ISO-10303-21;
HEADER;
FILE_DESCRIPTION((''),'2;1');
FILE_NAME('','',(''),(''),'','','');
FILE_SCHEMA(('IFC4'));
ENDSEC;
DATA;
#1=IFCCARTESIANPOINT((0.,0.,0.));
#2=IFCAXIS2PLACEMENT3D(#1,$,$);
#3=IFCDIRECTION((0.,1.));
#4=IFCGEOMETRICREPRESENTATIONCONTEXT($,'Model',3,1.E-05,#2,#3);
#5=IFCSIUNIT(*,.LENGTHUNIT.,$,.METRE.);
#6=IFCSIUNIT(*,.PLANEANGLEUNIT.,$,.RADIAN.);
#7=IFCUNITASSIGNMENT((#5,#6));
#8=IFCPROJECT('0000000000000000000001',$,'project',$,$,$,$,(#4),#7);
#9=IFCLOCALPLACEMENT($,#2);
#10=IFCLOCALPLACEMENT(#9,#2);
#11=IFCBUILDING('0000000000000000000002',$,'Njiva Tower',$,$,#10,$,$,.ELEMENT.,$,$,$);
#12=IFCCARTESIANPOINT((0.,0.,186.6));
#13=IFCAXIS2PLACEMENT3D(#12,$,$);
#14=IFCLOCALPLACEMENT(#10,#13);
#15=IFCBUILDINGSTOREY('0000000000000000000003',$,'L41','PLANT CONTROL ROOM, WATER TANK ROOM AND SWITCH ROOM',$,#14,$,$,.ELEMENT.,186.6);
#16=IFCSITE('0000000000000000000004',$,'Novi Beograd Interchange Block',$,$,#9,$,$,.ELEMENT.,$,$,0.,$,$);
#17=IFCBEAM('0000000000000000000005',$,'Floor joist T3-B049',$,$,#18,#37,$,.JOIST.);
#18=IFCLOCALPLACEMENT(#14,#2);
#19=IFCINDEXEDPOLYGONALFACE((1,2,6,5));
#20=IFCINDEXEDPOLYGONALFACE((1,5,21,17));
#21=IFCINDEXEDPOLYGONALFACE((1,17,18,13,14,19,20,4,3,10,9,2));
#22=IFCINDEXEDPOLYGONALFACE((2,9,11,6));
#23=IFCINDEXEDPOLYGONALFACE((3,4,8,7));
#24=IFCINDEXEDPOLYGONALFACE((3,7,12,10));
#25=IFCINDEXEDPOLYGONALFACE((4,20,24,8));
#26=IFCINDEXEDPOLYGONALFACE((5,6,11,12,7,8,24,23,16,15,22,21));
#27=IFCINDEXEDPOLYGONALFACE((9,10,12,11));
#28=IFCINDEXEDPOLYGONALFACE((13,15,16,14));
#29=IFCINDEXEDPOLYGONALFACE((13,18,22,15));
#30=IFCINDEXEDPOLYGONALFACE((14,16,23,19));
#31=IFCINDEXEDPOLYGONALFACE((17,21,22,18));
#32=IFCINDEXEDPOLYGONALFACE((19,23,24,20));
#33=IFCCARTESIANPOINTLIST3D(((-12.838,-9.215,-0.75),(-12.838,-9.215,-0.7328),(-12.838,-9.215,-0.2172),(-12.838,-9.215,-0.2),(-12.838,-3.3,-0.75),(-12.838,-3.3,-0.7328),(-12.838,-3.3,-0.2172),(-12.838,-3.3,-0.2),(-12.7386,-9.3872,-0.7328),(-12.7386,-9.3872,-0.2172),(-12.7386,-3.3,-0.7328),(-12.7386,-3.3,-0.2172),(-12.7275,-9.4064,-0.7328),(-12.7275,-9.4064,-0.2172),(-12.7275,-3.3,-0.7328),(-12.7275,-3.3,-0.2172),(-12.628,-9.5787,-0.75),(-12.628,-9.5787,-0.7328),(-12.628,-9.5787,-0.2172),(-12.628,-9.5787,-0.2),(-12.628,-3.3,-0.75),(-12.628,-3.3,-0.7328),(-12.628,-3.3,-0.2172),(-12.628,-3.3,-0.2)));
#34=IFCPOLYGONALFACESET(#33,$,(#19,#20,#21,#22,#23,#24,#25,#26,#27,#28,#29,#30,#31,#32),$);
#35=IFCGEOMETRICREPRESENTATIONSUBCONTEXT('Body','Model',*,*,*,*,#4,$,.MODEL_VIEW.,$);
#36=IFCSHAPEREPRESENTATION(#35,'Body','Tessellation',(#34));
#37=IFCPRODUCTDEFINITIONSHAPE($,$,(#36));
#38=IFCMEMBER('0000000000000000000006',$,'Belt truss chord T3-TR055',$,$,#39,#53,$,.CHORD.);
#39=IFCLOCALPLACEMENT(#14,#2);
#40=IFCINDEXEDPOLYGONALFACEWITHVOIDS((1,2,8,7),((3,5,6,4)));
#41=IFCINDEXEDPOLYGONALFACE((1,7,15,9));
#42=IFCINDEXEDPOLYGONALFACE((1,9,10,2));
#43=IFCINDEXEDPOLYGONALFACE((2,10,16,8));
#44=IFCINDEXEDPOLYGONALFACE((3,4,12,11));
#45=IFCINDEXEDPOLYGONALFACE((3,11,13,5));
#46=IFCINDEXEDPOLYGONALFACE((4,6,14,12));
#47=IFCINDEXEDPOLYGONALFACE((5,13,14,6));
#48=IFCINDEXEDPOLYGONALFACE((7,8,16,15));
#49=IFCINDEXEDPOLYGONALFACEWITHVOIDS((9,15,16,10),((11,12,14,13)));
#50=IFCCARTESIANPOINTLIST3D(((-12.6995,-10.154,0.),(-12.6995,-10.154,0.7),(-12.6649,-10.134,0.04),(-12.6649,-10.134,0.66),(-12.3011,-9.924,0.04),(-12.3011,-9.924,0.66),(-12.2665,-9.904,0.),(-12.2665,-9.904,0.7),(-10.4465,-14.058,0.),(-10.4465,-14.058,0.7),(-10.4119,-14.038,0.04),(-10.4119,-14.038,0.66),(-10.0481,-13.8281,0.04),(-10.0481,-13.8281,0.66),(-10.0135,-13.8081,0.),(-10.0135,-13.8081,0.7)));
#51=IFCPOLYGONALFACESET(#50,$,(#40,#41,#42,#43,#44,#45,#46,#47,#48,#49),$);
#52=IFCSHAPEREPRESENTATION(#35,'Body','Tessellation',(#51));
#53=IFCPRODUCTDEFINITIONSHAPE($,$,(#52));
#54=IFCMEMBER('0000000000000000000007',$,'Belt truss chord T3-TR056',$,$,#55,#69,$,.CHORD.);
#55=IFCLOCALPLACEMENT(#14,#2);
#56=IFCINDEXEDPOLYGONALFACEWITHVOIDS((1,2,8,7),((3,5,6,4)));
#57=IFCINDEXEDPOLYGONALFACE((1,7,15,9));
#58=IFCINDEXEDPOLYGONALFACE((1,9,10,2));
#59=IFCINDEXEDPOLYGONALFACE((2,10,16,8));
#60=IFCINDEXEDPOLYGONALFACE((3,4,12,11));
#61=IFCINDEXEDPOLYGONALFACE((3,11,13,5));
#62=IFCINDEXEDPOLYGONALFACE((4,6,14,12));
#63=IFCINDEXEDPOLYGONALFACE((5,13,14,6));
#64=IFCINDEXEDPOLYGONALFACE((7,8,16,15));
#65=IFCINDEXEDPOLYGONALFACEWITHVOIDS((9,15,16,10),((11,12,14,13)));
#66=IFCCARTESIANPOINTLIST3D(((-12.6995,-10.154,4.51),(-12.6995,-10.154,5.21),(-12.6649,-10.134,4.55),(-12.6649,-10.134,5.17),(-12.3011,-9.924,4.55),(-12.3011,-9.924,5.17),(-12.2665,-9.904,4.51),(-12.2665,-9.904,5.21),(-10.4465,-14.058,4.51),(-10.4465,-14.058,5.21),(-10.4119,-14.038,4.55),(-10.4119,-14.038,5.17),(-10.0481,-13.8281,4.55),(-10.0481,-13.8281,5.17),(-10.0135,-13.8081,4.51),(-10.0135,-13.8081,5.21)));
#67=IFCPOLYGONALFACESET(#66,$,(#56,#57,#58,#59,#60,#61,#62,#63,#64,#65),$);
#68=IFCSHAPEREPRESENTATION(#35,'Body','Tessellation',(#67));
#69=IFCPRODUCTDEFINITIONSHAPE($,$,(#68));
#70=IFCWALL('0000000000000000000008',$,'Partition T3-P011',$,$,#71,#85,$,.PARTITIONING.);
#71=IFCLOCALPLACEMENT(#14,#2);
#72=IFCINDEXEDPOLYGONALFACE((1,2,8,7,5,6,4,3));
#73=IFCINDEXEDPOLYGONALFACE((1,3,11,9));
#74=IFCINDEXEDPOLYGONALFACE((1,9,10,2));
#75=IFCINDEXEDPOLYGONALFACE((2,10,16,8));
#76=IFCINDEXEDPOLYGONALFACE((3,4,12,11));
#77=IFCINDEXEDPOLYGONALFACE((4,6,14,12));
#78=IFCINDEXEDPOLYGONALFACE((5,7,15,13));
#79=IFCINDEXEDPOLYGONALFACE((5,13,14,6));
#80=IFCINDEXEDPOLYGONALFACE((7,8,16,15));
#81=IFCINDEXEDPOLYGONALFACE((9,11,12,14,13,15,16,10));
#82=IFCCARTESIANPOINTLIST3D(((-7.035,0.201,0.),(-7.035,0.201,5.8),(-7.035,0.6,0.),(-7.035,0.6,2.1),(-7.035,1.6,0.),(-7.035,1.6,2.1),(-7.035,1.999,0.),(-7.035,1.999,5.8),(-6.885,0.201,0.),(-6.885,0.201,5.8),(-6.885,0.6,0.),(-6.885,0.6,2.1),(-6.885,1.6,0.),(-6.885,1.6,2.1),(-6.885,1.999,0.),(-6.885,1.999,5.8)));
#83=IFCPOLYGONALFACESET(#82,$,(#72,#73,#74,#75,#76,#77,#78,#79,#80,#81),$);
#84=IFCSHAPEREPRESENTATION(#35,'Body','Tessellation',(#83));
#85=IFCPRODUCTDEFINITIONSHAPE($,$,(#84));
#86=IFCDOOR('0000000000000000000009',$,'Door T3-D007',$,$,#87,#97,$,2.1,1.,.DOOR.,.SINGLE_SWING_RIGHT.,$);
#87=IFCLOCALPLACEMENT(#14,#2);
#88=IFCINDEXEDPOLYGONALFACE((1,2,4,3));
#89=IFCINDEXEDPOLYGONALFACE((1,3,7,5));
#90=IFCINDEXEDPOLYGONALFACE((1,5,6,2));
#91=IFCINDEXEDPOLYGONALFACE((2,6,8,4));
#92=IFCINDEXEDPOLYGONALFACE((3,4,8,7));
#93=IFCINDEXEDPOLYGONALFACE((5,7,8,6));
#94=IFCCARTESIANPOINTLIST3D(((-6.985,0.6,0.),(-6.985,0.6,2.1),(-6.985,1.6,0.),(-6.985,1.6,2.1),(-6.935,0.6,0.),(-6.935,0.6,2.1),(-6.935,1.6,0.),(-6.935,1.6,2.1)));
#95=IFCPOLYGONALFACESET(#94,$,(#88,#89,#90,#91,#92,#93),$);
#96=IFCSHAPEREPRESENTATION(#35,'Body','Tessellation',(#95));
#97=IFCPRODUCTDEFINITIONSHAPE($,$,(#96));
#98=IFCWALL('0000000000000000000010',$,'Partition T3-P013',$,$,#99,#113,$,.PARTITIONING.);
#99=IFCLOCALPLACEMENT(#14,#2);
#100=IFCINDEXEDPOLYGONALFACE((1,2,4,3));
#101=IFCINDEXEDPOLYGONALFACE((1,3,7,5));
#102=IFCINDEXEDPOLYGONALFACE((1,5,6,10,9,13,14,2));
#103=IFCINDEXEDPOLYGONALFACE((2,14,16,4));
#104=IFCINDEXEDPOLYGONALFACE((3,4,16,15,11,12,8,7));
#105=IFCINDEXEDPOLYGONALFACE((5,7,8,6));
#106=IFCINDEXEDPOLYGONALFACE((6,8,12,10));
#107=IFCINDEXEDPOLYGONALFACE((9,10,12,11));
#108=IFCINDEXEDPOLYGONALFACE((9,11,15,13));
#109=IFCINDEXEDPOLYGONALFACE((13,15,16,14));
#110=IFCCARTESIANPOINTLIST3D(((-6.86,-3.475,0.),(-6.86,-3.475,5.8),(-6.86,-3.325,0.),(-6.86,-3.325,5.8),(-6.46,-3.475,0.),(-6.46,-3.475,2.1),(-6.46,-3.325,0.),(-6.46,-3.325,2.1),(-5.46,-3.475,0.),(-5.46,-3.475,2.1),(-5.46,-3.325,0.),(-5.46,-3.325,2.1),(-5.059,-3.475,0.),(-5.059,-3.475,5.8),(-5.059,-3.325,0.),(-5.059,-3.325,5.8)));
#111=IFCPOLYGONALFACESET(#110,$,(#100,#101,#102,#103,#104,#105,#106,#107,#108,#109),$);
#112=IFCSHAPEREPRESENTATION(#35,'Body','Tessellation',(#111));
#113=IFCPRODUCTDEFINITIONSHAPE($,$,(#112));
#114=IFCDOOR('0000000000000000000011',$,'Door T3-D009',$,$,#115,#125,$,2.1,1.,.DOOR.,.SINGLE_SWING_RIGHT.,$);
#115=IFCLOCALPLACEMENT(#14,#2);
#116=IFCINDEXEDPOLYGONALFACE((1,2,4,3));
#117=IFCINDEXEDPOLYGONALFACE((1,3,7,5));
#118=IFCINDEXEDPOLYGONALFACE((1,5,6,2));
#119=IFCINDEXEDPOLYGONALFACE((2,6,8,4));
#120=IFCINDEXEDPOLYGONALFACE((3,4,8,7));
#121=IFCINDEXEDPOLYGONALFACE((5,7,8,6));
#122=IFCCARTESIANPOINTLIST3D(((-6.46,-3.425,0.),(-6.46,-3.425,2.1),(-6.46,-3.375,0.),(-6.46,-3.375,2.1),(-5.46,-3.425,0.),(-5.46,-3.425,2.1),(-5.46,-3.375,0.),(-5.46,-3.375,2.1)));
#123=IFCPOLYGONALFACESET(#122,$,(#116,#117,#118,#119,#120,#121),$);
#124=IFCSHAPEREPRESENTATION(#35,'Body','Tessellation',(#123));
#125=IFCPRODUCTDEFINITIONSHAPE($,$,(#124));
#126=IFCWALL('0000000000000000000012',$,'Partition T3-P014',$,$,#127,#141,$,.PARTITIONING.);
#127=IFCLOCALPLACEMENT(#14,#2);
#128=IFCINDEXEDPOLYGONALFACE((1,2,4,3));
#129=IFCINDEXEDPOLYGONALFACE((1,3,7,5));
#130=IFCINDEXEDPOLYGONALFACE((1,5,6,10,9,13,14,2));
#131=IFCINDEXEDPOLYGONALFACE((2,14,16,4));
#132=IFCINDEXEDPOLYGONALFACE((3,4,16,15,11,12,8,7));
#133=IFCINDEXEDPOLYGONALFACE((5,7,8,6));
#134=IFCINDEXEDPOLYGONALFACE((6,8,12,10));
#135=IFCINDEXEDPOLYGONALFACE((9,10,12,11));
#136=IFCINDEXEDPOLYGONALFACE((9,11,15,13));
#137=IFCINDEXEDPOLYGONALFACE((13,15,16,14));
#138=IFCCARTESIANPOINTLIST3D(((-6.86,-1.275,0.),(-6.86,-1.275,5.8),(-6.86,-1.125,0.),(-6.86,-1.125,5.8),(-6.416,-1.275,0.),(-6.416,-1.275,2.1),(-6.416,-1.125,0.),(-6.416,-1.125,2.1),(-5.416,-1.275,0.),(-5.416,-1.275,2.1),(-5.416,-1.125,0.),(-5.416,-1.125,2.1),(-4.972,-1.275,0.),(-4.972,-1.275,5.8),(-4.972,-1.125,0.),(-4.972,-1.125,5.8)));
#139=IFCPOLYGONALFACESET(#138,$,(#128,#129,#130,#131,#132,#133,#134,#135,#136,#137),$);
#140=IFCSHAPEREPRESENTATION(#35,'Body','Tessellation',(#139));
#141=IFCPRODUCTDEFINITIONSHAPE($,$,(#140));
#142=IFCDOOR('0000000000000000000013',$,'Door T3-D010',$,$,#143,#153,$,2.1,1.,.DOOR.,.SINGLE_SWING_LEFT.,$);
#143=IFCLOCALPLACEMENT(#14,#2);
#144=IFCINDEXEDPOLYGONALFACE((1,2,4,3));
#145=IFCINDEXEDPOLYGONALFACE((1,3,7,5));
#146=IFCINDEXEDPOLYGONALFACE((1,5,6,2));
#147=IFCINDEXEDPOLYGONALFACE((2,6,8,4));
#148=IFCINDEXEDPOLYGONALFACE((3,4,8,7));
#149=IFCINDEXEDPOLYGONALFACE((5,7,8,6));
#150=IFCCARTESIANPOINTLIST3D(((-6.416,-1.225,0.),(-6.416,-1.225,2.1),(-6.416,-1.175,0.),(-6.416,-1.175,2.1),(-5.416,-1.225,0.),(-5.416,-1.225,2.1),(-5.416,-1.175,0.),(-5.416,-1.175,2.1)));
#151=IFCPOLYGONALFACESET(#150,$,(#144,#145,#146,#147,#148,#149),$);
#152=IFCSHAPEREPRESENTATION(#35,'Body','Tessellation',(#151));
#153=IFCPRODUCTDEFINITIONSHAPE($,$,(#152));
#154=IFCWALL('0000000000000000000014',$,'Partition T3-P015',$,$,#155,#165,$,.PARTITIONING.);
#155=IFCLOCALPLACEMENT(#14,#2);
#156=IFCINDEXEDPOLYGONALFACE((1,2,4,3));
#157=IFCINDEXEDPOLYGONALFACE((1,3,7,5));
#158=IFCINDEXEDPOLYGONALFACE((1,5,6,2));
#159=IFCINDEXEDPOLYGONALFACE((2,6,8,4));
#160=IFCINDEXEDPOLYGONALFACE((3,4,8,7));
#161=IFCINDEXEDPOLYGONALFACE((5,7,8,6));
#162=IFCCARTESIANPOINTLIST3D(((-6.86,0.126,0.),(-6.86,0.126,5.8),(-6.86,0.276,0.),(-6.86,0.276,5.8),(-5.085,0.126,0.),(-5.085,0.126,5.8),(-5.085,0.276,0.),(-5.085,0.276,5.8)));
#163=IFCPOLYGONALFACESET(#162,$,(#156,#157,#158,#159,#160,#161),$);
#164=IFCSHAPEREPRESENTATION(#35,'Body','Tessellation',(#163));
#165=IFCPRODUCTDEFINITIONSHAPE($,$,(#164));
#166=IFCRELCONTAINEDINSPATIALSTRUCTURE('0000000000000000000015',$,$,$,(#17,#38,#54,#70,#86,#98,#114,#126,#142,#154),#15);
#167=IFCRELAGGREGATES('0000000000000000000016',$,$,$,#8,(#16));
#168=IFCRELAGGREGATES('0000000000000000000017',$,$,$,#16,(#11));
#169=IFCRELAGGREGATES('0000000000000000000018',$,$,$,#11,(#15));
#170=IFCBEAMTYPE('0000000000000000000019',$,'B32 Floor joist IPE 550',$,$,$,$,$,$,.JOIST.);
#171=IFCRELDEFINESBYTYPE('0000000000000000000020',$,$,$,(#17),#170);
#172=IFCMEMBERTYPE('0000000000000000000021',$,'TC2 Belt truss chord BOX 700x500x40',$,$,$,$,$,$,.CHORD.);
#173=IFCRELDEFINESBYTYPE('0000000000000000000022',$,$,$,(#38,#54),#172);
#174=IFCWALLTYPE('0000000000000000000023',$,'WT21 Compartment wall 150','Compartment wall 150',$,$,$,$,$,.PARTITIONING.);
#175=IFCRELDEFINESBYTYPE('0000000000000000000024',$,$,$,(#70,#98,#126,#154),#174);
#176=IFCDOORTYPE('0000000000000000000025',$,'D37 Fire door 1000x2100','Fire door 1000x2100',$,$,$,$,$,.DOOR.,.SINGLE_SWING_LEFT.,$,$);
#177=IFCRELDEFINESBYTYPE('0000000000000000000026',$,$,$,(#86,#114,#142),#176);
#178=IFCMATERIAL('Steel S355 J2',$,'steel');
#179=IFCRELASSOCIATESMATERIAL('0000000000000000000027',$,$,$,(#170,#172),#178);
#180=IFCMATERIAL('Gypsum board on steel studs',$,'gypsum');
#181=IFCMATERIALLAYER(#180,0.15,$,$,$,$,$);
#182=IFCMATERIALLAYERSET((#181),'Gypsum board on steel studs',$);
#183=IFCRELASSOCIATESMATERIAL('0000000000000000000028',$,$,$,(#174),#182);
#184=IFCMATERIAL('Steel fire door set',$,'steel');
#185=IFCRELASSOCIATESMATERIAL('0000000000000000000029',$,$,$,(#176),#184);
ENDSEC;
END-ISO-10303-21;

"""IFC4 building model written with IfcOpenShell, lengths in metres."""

from ifc_helpers import new_model, si_unit, direction, frame, frame_2d, origin, origin_2d, place, context, subcontext, project, spatial, rectangle, hollow_rectangle, i_section, extrude, clip, halfspace, material, layer, layer_set, material_profile, profile_set, type_object, element, fill, save


model = new_model("IFC4")

# Units and contexts
model_context = context("Model", 3, precision=1e-05, world=origin(), true_north=direction((0.0, 1.0)))
body_context = subcontext(model_context, "Body", "Model", "MODEL_VIEW")
ifc_project = project(units=[si_unit("LENGTHUNIT", "METRE"), si_unit("PLANEANGLEUNIT", "RADIAN")], contexts=[model_context])

# Site, building, storey
site_placement = place(None, origin())
site = spatial("IfcSite", under=ifc_project, at=site_placement, Name="Novi Beograd Interchange Block", CompositionType="ELEMENT", RefElevation=0.0)
building_placement = place(site_placement, origin())
building = spatial("IfcBuilding", under=site, at=building_placement, Name="Njiva Tower", CompositionType="ELEMENT")
storey_placement = place(building_placement, frame((0.0, 0.0, 186.6)))
storey = spatial("IfcBuildingStorey", under=building, at=storey_placement, Name="L41", Description="PLANT CONTROL ROOM, WATER TANK ROOM AND SWITCH ROOM", CompositionType="ELEMENT", Elevation=186.6)

# Shared definitions
ifc_material_1 = material(Name="Steel S355 J2", Category="steel")

# Beam
ifc_material_profile_1 = material_profile(ifc_material_1, i_section(OverallWidth=0.21, OverallDepth=0.55, WebThickness=0.0111, FlangeThickness=0.0172, at=origin_2d()), Name="IPE 550")
ifc_profile_set_1 = profile_set([ifc_material_profile_1], Name="Steel S355 J2")
beam_type_1 = type_object("IfcBeamType", Name="B32 Floor joist IPE 550", PredefinedType="JOIST", material=ifc_profile_set_1)
beam_1_placement = place(storey_placement, frame((-12.733, -3.3, -0.475), z_axis=(0.0, -1.0, 0.0), x_axis=(1.0, 0.0, 0.0)))
element("IfcBeam", 1, at=beam_1_placement, inside=storey, type_object=beam_type_1, Name="Floor joist T3-B049", PredefinedType="JOIST", context=body_context, shape_type="Clipping", body=[
    clip(extrude(i_section(OverallWidth=0.21, OverallDepth=0.55, WebThickness=0.0111, FlangeThickness=0.0172, at=origin_2d()), origin(), (0.0, 0.0, 1.0), 6.298), halfspace(frame((-0.0436, 0.0, 6.0213), z_axis=(-0.866027, 0.0, 0.499998), x_axis=(0.0, 1.0, 0.0)), False)),
])

# Members
ifc_material_profile_2 = material_profile(ifc_material_1, hollow_rectangle(XDim=0.5, YDim=0.7, WallThickness=0.04, at=origin_2d()), Name="BOX 700x500x40")
ifc_profile_set_2 = profile_set([ifc_material_profile_2], Name="Steel S355 J2")
member_type_1 = type_object("IfcMemberType", Name="TC2 Belt truss chord BOX 700x500x40", PredefinedType="CHORD", material=ifc_profile_set_2)
for number, where, z_axis, x_axis, name in (
    (2, (-12.483, -10.029, 0.35), (0.499838, -0.866119, 0.0), (0.866119, 0.499838, 0.0), "Belt truss chord T3-TR055"),
    (3, (-12.483, -10.029, 4.86), (0.499838, -0.866119, 0.0), (0.866119, 0.499838, 0.0), "Belt truss chord T3-TR056"),
):
    element("IfcMember", number, at=place(storey_placement, frame(where, z_axis=z_axis, x_axis=x_axis)), inside=storey, type_object=member_type_1, Name=name, PredefinedType="CHORD", context=body_context, shape_type="SweptSolid", body=[
        extrude(hollow_rectangle(XDim=0.5, YDim=0.7, WallThickness=0.04, at=origin_2d()), origin(), (0.0, 0.0, 1.0), 4.5075),
    ])

# Walls, openings, doors
ifc_material_2 = material(Name="Gypsum board on steel studs", Category="gypsum")
ifc_layer_1 = layer(ifc_material_2, 0.15)
ifc_layer_set_1 = layer_set([ifc_layer_1], Name="Gypsum board on steel studs")
wall_type_1 = type_object("IfcWallType", Name="WT21 Compartment wall 150", Description="Compartment wall 150", PredefinedType="PARTITIONING", material=ifc_layer_set_1)
wall_1_placement = place(storey_placement, frame((-6.96, 0.201, 0.0), z_axis=(0.0, 0.0, 1.0), x_axis=(0.0, 1.0, 0.0)))
wall_1 = element("IfcWall", 4, at=wall_1_placement, inside=storey, type_object=wall_type_1, Name="Partition T3-P011", PredefinedType="PARTITIONING", context=body_context, shape_type="SweptSolid", body=[
    extrude(rectangle(XDim=1.798, YDim=0.15, at=frame_2d((0.899, 0.0))), origin(), (0.0, 0.0, 1.0), 5.8),
])
opening_1_placement = place(wall_1_placement, frame((0.399, 0.0, 0.0)))
opening_1 = element("IfcOpeningElement", 5, at=opening_1_placement, cuts=wall_1, PredefinedType="OPENING", context=body_context, shape_type="SweptSolid", body=[
    extrude(rectangle(XDim=1.0, YDim=2.1, at=frame_2d((0.5, 1.05))), frame((0.0, 0.085, 0.0), z_axis=(0.0, -1.0, 0.0), x_axis=(1.0, 0.0, 0.0)), (0.0, 0.0, 1.0), 0.17),
])
ifc_material_3 = material(Name="Steel fire door set", Category="steel")
door_type_1 = type_object("IfcDoorType", Name="D37 Fire door 1000x2100", Description="Fire door 1000x2100", OperationType="SINGLE_SWING_LEFT", PredefinedType="DOOR", material=ifc_material_3)
door_1_placement = place(opening_1_placement, origin())
door_1 = element("IfcDoor", 6, at=door_1_placement, inside=storey, type_object=door_type_1, Name="Door T3-D007", OperationType="SINGLE_SWING_RIGHT", OverallHeight=2.1, OverallWidth=1.0, PredefinedType="DOOR", context=body_context, shape_type="SweptSolid", body=[
    extrude(rectangle(XDim=1.0, YDim=2.1, at=frame_2d((0.5, 1.05))), frame((0.0, 0.025, 0.0), z_axis=(0.0, -1.0, 0.0), x_axis=(1.0, 0.0, 0.0)), (0.0, 0.0, 1.0), 0.05),
])
fill(opening_1, door_1)
wall_2_placement = place(storey_placement, frame((-6.86, -3.4, 0.0), z_axis=(0.0, 0.0, 1.0), x_axis=(1.0, 0.0, 0.0)))
wall_2 = element("IfcWall", 7, at=wall_2_placement, inside=storey, type_object=wall_type_1, Name="Partition T3-P013", PredefinedType="PARTITIONING", context=body_context, shape_type="SweptSolid", body=[
    extrude(rectangle(XDim=1.801, YDim=0.15, at=frame_2d((0.9005, 0.0))), origin(), (0.0, 0.0, 1.0), 5.8),
])
opening_2_placement = place(wall_2_placement, frame((0.4, 0.0, 0.0)))
opening_2 = element("IfcOpeningElement", 8, at=opening_2_placement, cuts=wall_2, PredefinedType="OPENING", context=body_context, shape_type="SweptSolid", body=[
    extrude(rectangle(XDim=1.0, YDim=2.1, at=frame_2d((0.5, 1.05))), frame((0.0, 0.085, 0.0), z_axis=(0.0, -1.0, 0.0), x_axis=(1.0, 0.0, 0.0)), (0.0, 0.0, 1.0), 0.17),
])
door_2_placement = place(opening_2_placement, origin())
door_2 = element("IfcDoor", 9, at=door_2_placement, inside=storey, type_object=door_type_1, Name="Door T3-D009", OperationType="SINGLE_SWING_RIGHT", OverallHeight=2.1, OverallWidth=1.0, PredefinedType="DOOR", context=body_context, shape_type="SweptSolid", body=[
    extrude(rectangle(XDim=1.0, YDim=2.1, at=frame_2d((0.5, 1.05))), frame((0.0, 0.025, 0.0), z_axis=(0.0, -1.0, 0.0), x_axis=(1.0, 0.0, 0.0)), (0.0, 0.0, 1.0), 0.05),
])
fill(opening_2, door_2)
wall_3_placement = place(storey_placement, frame((-6.86, -1.2, 0.0), z_axis=(0.0, 0.0, 1.0), x_axis=(1.0, 0.0, 0.0)))
wall_3 = element("IfcWall", 10, at=wall_3_placement, inside=storey, type_object=wall_type_1, Name="Partition T3-P014", PredefinedType="PARTITIONING", context=body_context, shape_type="SweptSolid", body=[
    extrude(rectangle(XDim=1.888, YDim=0.15, at=frame_2d((0.944, 0.0))), origin(), (0.0, 0.0, 1.0), 5.8),
])
opening_3_placement = place(wall_3_placement, frame((0.444, 0.0, 0.0)))
opening_3 = element("IfcOpeningElement", 11, at=opening_3_placement, cuts=wall_3, PredefinedType="OPENING", context=body_context, shape_type="SweptSolid", body=[
    extrude(rectangle(XDim=1.0, YDim=2.1, at=frame_2d((0.5, 1.05))), frame((0.0, 0.085, 0.0), z_axis=(0.0, -1.0, 0.0), x_axis=(1.0, 0.0, 0.0)), (0.0, 0.0, 1.0), 0.17),
])
door_3_placement = place(opening_3_placement, origin())
door_3 = element("IfcDoor", 12, at=door_3_placement, inside=storey, type_object=door_type_1, Name="Door T3-D010", OperationType="SINGLE_SWING_LEFT", OverallHeight=2.1, OverallWidth=1.0, PredefinedType="DOOR", context=body_context, shape_type="SweptSolid", body=[
    extrude(rectangle(XDim=1.0, YDim=2.1, at=frame_2d((0.5, 1.05))), frame((0.0, 0.025, 0.0), z_axis=(0.0, -1.0, 0.0), x_axis=(1.0, 0.0, 0.0)), (0.0, 0.0, 1.0), 0.05),
])
fill(opening_3, door_3)

# Wall
wall_4_placement = place(storey_placement, frame((-6.86, 0.201, 0.0), z_axis=(0.0, 0.0, 1.0), x_axis=(1.0, 0.0, 0.0)))
element("IfcWall", 13, at=wall_4_placement, inside=storey, type_object=wall_type_1, Name="Partition T3-P015", PredefinedType="PARTITIONING", context=body_context, shape_type="SweptSolid", body=[
    extrude(rectangle(XDim=1.775, YDim=0.15, at=frame_2d((0.8875, 0.0))), origin(), (0.0, 0.0, 1.0), 5.8),
])

save(model, "model.ifc")
